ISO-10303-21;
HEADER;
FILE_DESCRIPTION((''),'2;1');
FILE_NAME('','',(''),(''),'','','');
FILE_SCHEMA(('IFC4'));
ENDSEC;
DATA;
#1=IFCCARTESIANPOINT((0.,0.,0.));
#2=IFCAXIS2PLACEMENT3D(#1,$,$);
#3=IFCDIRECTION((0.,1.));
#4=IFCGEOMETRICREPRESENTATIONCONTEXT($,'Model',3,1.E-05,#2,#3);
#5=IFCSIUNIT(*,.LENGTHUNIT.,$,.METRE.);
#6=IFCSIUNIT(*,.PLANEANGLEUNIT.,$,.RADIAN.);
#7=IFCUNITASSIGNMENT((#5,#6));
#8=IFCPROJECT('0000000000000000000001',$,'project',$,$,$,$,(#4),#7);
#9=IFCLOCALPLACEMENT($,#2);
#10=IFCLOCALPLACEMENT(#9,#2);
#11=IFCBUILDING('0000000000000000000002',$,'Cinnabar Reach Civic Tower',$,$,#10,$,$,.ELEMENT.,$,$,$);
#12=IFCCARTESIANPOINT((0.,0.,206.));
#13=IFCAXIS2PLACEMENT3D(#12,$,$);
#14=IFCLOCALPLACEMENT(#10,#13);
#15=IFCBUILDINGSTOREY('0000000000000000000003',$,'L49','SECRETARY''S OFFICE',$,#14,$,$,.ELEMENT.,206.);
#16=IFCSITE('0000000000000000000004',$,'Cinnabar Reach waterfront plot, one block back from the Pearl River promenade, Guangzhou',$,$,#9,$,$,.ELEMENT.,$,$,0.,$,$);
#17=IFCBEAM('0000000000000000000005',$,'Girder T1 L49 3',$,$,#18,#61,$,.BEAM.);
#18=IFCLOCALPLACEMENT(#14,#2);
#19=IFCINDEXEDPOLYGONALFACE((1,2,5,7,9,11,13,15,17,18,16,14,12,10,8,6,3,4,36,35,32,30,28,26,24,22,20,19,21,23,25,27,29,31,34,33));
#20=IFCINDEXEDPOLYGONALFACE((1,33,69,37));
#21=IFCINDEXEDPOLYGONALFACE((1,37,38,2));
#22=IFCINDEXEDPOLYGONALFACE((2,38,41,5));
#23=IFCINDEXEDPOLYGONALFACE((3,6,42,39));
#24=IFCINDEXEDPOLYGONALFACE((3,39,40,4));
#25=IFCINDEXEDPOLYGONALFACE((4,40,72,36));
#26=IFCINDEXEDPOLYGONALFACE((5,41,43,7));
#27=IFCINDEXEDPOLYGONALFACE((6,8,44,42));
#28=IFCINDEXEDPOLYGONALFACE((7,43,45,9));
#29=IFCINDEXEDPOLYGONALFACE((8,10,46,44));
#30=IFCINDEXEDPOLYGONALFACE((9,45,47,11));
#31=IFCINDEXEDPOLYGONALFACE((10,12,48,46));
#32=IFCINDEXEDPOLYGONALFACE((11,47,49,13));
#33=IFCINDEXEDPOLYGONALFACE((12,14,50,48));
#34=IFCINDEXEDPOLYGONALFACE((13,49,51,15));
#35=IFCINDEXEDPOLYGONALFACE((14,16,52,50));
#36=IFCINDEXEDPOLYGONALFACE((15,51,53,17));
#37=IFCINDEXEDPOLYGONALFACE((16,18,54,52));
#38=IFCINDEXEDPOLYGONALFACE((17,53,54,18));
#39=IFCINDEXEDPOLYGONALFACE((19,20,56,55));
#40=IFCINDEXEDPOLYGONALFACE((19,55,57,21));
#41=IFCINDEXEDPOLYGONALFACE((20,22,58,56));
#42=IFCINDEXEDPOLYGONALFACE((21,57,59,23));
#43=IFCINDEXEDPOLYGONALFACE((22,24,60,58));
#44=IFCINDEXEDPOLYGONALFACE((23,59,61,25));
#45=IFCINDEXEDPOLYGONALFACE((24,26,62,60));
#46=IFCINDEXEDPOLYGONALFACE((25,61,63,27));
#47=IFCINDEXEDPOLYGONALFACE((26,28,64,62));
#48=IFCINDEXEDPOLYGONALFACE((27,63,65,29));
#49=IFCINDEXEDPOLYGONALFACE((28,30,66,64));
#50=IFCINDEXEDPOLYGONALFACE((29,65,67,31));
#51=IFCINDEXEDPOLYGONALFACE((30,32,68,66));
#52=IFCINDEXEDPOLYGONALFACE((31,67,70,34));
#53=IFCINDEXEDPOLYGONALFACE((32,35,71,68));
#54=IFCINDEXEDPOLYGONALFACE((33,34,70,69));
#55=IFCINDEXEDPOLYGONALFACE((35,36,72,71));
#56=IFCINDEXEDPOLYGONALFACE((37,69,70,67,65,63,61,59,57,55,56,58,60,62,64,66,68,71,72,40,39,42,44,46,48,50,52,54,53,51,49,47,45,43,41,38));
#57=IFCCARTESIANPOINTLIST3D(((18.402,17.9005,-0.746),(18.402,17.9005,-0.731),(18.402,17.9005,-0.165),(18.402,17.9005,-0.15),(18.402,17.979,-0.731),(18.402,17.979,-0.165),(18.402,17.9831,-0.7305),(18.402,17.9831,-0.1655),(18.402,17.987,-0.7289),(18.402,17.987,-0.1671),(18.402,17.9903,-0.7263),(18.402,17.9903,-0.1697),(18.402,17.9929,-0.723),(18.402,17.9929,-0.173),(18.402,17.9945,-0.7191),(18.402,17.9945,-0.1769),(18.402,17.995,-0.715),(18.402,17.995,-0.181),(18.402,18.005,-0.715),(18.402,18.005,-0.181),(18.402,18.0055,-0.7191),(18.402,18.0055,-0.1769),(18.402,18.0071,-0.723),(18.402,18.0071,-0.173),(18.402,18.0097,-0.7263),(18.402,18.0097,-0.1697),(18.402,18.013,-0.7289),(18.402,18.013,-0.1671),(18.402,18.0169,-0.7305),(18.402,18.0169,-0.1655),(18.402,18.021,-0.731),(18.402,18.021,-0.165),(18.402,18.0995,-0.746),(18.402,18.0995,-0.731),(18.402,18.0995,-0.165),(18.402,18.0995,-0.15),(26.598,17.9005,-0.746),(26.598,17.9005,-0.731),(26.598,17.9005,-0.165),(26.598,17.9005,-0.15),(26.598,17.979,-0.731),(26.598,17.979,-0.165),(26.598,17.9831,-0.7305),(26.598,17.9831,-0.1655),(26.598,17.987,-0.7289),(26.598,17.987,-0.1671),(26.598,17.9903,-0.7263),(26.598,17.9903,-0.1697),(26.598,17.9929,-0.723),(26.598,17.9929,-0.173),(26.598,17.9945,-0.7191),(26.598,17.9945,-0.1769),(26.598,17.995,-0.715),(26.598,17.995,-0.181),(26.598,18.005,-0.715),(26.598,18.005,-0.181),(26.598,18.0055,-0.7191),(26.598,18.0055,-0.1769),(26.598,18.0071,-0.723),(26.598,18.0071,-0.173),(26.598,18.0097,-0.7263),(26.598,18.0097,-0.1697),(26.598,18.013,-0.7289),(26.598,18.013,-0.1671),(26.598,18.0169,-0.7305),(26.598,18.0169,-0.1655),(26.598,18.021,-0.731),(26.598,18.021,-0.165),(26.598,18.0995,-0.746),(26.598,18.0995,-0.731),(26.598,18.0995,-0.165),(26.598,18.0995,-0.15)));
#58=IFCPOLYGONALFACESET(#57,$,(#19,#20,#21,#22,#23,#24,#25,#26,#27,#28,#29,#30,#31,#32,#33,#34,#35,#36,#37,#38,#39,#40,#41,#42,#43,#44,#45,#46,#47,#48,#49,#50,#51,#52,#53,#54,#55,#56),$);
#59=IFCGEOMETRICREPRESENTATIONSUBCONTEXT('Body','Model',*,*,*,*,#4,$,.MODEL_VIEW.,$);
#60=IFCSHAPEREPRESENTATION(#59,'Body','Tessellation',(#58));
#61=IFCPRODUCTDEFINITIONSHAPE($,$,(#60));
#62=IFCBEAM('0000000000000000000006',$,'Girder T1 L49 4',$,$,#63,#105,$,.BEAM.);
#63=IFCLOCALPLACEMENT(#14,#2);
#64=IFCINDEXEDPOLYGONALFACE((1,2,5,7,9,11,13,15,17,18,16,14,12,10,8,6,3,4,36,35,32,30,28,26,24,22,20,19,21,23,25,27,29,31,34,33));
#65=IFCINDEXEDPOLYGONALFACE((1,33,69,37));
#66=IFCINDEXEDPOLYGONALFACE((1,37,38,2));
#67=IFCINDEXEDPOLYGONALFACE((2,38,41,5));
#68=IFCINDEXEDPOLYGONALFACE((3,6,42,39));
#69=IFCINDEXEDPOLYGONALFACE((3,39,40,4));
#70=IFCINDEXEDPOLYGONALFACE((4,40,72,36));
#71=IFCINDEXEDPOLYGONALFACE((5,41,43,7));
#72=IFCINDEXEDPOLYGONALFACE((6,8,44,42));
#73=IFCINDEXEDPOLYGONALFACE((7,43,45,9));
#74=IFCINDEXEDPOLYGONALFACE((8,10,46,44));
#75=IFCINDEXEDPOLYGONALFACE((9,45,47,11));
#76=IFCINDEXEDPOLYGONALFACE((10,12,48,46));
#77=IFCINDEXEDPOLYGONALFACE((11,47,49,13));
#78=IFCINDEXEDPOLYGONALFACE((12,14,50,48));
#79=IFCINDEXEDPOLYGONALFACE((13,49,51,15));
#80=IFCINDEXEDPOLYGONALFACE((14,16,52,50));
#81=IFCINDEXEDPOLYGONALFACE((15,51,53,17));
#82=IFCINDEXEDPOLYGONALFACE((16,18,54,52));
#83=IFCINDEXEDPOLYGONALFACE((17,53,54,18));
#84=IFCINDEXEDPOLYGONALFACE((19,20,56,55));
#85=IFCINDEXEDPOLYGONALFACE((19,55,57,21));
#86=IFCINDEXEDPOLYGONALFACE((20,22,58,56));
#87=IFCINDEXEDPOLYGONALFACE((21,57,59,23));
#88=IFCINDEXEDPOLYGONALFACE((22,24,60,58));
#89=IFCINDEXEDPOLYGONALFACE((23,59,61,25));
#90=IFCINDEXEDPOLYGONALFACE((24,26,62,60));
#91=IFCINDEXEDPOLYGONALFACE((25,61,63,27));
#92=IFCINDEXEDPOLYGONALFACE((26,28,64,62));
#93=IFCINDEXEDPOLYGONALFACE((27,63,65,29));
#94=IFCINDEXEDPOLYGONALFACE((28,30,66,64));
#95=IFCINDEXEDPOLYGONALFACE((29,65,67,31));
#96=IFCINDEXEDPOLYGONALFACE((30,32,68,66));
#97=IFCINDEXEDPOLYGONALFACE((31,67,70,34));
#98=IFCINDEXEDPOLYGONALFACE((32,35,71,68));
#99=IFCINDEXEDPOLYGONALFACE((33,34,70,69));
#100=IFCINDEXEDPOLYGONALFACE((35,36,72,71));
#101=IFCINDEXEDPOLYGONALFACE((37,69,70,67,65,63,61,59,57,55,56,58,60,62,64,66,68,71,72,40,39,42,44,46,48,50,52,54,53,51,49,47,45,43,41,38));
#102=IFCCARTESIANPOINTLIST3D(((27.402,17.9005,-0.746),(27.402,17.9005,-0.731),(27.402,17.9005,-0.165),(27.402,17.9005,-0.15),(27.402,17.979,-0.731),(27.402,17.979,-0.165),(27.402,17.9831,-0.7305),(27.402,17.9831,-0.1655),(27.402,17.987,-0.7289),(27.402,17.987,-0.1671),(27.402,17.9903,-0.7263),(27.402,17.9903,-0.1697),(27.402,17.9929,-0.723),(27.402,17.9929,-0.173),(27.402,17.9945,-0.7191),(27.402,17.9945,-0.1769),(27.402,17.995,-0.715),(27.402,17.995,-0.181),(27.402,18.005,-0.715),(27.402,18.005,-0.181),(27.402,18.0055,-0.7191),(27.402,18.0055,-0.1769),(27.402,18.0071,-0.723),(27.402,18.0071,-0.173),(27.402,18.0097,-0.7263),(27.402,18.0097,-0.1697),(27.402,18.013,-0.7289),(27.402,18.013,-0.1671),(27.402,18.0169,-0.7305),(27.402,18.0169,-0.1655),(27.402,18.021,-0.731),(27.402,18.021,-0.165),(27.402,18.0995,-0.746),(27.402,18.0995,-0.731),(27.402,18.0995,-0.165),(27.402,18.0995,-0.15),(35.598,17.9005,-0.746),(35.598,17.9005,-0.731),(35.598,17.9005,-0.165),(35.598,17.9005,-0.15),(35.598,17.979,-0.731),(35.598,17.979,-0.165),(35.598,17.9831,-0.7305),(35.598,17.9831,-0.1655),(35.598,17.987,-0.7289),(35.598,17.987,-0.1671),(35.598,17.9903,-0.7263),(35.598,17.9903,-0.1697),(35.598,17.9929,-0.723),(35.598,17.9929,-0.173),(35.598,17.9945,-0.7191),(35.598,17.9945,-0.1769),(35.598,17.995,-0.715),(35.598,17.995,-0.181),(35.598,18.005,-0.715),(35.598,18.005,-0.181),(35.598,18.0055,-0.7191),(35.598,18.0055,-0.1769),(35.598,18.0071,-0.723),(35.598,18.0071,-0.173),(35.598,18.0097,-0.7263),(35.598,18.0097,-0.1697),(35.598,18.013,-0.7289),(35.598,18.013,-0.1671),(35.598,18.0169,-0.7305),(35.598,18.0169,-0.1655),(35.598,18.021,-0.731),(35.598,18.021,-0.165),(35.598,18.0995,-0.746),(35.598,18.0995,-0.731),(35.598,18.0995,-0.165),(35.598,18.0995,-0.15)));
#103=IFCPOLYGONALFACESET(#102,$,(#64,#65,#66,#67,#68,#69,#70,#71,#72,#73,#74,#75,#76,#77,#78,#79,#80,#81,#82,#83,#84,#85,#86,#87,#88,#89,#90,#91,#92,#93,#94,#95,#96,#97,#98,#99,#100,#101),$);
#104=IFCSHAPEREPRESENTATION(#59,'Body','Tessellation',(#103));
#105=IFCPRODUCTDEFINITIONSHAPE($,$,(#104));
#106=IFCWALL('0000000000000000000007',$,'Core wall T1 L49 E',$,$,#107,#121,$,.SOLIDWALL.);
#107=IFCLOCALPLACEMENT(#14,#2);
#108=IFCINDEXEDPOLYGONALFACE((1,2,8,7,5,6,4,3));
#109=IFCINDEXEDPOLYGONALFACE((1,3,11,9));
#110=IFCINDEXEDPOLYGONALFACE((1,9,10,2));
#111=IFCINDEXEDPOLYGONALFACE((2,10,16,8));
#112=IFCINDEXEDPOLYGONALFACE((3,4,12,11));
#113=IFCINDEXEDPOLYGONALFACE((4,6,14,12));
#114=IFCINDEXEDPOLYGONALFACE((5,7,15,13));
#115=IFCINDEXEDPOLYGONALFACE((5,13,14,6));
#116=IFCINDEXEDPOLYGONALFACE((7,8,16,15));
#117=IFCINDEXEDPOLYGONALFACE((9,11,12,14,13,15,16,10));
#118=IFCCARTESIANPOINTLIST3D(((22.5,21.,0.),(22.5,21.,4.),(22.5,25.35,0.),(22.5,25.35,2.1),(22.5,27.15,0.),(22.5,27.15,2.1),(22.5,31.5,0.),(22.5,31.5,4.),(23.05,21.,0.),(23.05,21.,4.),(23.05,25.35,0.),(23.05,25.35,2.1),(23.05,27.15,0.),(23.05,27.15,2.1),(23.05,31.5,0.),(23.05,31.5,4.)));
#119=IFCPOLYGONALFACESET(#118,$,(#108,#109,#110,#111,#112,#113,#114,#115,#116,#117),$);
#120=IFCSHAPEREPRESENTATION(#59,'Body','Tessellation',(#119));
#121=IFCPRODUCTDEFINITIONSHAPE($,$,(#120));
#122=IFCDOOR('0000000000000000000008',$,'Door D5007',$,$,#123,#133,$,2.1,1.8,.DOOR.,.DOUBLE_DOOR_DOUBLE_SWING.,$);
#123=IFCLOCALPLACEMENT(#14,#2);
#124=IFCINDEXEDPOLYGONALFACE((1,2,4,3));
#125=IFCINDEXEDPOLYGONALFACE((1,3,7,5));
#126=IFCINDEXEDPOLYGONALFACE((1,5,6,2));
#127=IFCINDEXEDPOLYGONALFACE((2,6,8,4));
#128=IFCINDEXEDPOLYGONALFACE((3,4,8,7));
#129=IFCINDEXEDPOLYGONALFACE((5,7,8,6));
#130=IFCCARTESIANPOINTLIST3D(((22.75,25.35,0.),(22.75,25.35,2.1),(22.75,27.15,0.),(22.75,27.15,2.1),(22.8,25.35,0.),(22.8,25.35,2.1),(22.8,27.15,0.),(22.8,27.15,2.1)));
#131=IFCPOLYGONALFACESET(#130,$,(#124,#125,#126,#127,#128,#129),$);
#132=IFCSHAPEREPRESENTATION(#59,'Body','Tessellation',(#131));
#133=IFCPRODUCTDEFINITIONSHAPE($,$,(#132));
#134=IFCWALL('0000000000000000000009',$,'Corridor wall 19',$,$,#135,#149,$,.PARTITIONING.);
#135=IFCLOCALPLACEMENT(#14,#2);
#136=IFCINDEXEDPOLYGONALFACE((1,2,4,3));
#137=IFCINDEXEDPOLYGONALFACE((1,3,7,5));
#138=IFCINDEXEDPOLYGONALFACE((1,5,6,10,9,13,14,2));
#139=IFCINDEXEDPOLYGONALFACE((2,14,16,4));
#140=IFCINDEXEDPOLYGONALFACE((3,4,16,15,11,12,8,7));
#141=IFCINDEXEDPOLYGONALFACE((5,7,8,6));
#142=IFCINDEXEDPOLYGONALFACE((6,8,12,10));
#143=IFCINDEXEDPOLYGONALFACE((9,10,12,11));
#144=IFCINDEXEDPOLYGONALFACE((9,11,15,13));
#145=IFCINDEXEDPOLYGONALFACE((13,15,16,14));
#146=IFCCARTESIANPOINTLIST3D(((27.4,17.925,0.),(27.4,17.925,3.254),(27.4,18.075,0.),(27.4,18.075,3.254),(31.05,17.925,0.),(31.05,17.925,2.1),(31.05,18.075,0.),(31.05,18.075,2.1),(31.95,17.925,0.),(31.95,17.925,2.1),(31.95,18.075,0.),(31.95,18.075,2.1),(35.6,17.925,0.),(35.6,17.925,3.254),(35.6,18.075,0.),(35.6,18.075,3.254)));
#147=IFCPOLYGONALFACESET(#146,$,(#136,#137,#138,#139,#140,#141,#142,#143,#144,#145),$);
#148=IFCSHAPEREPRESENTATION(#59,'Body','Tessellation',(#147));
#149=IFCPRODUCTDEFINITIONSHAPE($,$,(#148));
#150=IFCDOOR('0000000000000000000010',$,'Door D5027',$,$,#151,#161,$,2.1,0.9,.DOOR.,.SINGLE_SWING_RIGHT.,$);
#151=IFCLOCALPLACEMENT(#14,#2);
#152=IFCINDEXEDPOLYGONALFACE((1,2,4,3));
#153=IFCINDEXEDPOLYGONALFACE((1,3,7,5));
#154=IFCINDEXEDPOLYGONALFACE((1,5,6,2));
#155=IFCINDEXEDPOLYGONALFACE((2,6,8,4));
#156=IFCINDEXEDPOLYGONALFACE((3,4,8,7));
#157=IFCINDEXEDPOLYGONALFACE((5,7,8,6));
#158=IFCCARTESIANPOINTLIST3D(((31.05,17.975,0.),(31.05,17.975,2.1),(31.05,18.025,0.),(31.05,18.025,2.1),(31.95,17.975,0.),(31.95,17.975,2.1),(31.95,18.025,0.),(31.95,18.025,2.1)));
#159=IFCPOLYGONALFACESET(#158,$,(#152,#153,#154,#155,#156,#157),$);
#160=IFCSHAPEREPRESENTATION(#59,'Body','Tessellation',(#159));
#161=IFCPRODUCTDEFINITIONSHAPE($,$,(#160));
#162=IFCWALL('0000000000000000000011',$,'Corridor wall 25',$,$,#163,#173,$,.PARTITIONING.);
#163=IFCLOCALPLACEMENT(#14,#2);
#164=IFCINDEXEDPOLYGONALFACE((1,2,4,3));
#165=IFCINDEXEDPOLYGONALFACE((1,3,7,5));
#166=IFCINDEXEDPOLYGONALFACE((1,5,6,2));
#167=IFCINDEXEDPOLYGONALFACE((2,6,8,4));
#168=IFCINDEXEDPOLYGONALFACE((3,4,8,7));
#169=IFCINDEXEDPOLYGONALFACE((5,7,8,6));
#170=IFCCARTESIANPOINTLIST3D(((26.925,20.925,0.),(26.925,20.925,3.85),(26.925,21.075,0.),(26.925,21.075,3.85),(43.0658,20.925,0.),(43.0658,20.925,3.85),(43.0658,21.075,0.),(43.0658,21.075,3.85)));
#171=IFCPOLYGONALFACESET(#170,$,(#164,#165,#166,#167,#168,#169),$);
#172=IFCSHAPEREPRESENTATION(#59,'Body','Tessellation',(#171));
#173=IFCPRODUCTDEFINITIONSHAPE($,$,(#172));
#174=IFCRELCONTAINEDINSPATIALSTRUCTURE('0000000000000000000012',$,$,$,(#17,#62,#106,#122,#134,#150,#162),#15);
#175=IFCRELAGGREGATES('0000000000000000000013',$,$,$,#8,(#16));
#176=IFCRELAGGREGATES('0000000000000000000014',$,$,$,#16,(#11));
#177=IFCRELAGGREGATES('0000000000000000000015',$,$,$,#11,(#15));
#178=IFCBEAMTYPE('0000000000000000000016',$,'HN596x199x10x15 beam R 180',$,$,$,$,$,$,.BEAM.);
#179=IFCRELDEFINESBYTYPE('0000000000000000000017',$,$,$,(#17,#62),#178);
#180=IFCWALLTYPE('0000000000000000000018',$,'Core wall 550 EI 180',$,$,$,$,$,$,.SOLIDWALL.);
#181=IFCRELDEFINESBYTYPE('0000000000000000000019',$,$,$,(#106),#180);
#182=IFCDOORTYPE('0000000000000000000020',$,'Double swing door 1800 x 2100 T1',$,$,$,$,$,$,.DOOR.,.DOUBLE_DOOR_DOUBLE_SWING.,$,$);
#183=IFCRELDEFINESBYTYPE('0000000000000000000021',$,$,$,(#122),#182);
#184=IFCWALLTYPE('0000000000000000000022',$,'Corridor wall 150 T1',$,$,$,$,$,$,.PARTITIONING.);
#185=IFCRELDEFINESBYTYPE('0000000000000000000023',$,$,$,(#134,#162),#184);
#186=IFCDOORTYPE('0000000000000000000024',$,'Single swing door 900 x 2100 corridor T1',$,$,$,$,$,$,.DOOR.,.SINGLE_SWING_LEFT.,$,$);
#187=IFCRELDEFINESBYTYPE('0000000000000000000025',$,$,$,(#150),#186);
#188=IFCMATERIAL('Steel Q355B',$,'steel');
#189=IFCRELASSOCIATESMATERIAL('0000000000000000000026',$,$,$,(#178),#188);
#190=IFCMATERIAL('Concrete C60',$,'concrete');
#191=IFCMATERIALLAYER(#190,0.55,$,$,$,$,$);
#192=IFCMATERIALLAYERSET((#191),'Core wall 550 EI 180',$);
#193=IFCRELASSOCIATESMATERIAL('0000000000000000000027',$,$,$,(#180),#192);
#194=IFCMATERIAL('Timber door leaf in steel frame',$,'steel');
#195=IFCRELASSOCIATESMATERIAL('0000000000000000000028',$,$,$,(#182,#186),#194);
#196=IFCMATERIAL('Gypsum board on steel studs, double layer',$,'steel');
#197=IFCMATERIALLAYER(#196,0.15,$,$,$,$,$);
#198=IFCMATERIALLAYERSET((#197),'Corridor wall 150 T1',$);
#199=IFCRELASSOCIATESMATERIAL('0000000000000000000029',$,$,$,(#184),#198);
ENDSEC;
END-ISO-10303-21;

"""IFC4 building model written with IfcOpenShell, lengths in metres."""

from ifc_helpers import new_model, si_unit, direction, frame, frame_2d, origin, origin_2d, place, context, subcontext, project, spatial, rectangle, i_section, extrude, material, layer, layer_set, material_profile, profile_set, type_object, element, fill, save


model = new_model("IFC4")

# Units and contexts
model_context = context("Model", 3, precision=1e-05, world=origin(), true_north=direction((0.0, 1.0)))
body_context = subcontext(model_context, "Body", "Model", "MODEL_VIEW")
ifc_project = project(units=[si_unit("LENGTHUNIT", "METRE"), si_unit("PLANEANGLEUNIT", "RADIAN")], contexts=[model_context])

# Site, building, storey
site_placement = place(None, origin())
site = spatial("IfcSite", under=ifc_project, at=site_placement, Name="Cinnabar Reach waterfront plot, one block back from the Pearl River promenade, Guangzhou", CompositionType="ELEMENT", RefElevation=0.0)
building_placement = place(site_placement, origin())
building = spatial("IfcBuilding", under=site, at=building_placement, Name="Cinnabar Reach Civic Tower", CompositionType="ELEMENT")
storey_placement = place(building_placement, frame((0.0, 0.0, 206.0)))
storey = spatial("IfcBuildingStorey", under=building, at=storey_placement, Name="L49", Description="SECRETARY'S OFFICE", CompositionType="ELEMENT", Elevation=206.0)

# Shared definitions
ifc_material_1 = material(Name="Concrete C60", Category="concrete")

# Beams
ifc_material_2 = material(Name="Steel Q355B", Category="steel")
ifc_material_profile_1 = material_profile(ifc_material_2, i_section(OverallWidth=0.199, OverallDepth=0.596, WebThickness=0.01, FlangeThickness=0.015, FilletRadius=0.016, at=origin_2d()), Name="HN596x199x10x15")
ifc_profile_set_1 = profile_set([ifc_material_profile_1], Name="Steel Q355B")
beam_type_1 = type_object("IfcBeamType", Name="HN596x199x10x15 beam R 180", PredefinedType="BEAM", material=ifc_profile_set_1)
for number, where, z_axis, x_axis, name in (
    (1, (18.402, 18.0, -0.448), (1.0, 0.0, 0.0), (0.0, 1.0, 0.0), "Girder T1 L49 3"),
    (2, (27.402, 18.0, -0.448), (1.0, 0.0, 0.0), (0.0, 1.0, 0.0), "Girder T1 L49 4"),
):
    element("IfcBeam", number, at=place(storey_placement, frame(where, z_axis=z_axis, x_axis=x_axis)), inside=storey, type_object=beam_type_1, Name=name, PredefinedType="BEAM", context=body_context, shape_type="SweptSolid", body=[
        extrude(i_section(OverallWidth=0.199, OverallDepth=0.596, WebThickness=0.01, FlangeThickness=0.015, FilletRadius=0.016, at=origin_2d()), origin(), (0.0, 0.0, 1.0), 8.196),
    ])

# Walls, openings, doors
ifc_layer_1 = layer(ifc_material_1, 0.55)
ifc_layer_set_1 = layer_set([ifc_layer_1], Name="Core wall 550 EI 180")
wall_type_1 = type_object("IfcWallType", Name="Core wall 550 EI 180", PredefinedType="SOLIDWALL", material=ifc_layer_set_1)
wall_1_placement = place(storey_placement, frame((22.775, 21.0, 0.0), z_axis=(0.0, 0.0, 1.0), x_axis=(0.0, 1.0, 0.0)))
wall_1 = element("IfcWall", 3, at=wall_1_placement, inside=storey, type_object=wall_type_1, Name="Core wall T1 L49 E", PredefinedType="SOLIDWALL", context=body_context, shape_type="SweptSolid", body=[
    extrude(rectangle(XDim=10.5, YDim=0.55, at=frame_2d((5.25, 0.0))), origin(), (0.0, 0.0, 1.0), 4.0),
])
opening_1_placement = place(wall_1_placement, frame((4.35, 0.0, 0.0)))
opening_1 = element("IfcOpeningElement", 4, at=opening_1_placement, cuts=wall_1, PredefinedType="OPENING", context=body_context, shape_type="SweptSolid", body=[
    extrude(rectangle(XDim=1.8, YDim=2.1, at=frame_2d((0.9, 1.05))), frame((0.0, 0.285, 0.0), z_axis=(0.0, -1.0, 0.0), x_axis=(1.0, 0.0, 0.0)), (0.0, 0.0, 1.0), 0.57),
])
ifc_material_3 = material(Name="Timber door leaf in steel frame", Category="steel")
door_type_1 = type_object("IfcDoorType", Name="Double swing door 1800 x 2100 T1", OperationType="DOUBLE_DOOR_DOUBLE_SWING", PredefinedType="DOOR", material=ifc_material_3)
door_1_placement = place(opening_1_placement, origin())
door_1 = element("IfcDoor", 5, at=door_1_placement, inside=storey, type_object=door_type_1, Name="Door D5007", OperationType="DOUBLE_DOOR_DOUBLE_SWING", OverallHeight=2.1, OverallWidth=1.8, PredefinedType="DOOR", context=body_context, shape_type="SweptSolid", body=[
    extrude(rectangle(XDim=1.8, YDim=2.1, at=frame_2d((0.9, 1.05))), frame((0.0, 0.025, 0.0), z_axis=(0.0, -1.0, 0.0), x_axis=(1.0, 0.0, 0.0)), (0.0, 0.0, 1.0), 0.05),
])
fill(opening_1, door_1)
ifc_material_4 = material(Name="Gypsum board on steel studs, double layer", Category="steel")
ifc_layer_2 = layer(ifc_material_4, 0.15)
ifc_layer_set_2 = layer_set([ifc_layer_2], Name="Corridor wall 150 T1")
wall_type_2 = type_object("IfcWallType", Name="Corridor wall 150 T1", PredefinedType="PARTITIONING", material=ifc_layer_set_2)
wall_2_placement = place(storey_placement, frame((27.4, 18.0, 0.0), z_axis=(0.0, 0.0, 1.0), x_axis=(1.0, 0.0, 0.0)))
wall_2 = element("IfcWall", 6, at=wall_2_placement, inside=storey, type_object=wall_type_2, Name="Corridor wall 19", PredefinedType="PARTITIONING", context=body_context, shape_type="SweptSolid", body=[
    extrude(rectangle(XDim=8.2, YDim=0.15, at=frame_2d((4.1, 0.0))), origin(), (0.0, 0.0, 1.0), 3.254),
])
opening_2_placement = place(wall_2_placement, frame((3.65, 0.0, 0.0)))
opening_2 = element("IfcOpeningElement", 7, at=opening_2_placement, cuts=wall_2, PredefinedType="OPENING", context=body_context, shape_type="SweptSolid", body=[
    extrude(rectangle(XDim=0.9, YDim=2.1, at=frame_2d((0.45, 1.05))), frame((0.0, 0.085, 0.0), z_axis=(0.0, -1.0, 0.0), x_axis=(1.0, 0.0, 0.0)), (0.0, 0.0, 1.0), 0.17),
])
door_type_2 = type_object("IfcDoorType", Name="Single swing door 900 x 2100 corridor T1", OperationType="SINGLE_SWING_LEFT", PredefinedType="DOOR", material=ifc_material_3)
door_2_placement = place(opening_2_placement, frame((0.9, 0.0, 0.0), z_axis=(0.0, 0.0, 1.0), x_axis=(-1.0, 0.0, 0.0)))
door_2 = element("IfcDoor", 8, at=door_2_placement, inside=storey, type_object=door_type_2, Name="Door D5027", OperationType="SINGLE_SWING_RIGHT", OverallHeight=2.1, OverallWidth=0.9, PredefinedType="DOOR", context=body_context, shape_type="SweptSolid", body=[
    extrude(rectangle(XDim=0.9, YDim=2.1, at=frame_2d((0.45, 1.05))), frame((0.0, 0.025, 0.0), z_axis=(0.0, -1.0, 0.0), x_axis=(1.0, 0.0, 0.0)), (0.0, 0.0, 1.0), 0.05),
])
fill(opening_2, door_2)

# Wall
wall_3_placement = place(storey_placement, frame((26.925, 21.0, 0.0), z_axis=(0.0, 0.0, 1.0), x_axis=(1.0, 0.0, 0.0)))
element("IfcWall", 9, at=wall_3_placement, inside=storey, type_object=wall_type_2, Name="Corridor wall 25", PredefinedType="PARTITIONING", context=body_context, shape_type="SweptSolid", body=[
    extrude(rectangle(XDim=16.1409, YDim=0.15, at=frame_2d((8.0704, 0.0))), origin(), (0.0, 0.0, 1.0), 3.85),
])

save(model, "model.ifc")
